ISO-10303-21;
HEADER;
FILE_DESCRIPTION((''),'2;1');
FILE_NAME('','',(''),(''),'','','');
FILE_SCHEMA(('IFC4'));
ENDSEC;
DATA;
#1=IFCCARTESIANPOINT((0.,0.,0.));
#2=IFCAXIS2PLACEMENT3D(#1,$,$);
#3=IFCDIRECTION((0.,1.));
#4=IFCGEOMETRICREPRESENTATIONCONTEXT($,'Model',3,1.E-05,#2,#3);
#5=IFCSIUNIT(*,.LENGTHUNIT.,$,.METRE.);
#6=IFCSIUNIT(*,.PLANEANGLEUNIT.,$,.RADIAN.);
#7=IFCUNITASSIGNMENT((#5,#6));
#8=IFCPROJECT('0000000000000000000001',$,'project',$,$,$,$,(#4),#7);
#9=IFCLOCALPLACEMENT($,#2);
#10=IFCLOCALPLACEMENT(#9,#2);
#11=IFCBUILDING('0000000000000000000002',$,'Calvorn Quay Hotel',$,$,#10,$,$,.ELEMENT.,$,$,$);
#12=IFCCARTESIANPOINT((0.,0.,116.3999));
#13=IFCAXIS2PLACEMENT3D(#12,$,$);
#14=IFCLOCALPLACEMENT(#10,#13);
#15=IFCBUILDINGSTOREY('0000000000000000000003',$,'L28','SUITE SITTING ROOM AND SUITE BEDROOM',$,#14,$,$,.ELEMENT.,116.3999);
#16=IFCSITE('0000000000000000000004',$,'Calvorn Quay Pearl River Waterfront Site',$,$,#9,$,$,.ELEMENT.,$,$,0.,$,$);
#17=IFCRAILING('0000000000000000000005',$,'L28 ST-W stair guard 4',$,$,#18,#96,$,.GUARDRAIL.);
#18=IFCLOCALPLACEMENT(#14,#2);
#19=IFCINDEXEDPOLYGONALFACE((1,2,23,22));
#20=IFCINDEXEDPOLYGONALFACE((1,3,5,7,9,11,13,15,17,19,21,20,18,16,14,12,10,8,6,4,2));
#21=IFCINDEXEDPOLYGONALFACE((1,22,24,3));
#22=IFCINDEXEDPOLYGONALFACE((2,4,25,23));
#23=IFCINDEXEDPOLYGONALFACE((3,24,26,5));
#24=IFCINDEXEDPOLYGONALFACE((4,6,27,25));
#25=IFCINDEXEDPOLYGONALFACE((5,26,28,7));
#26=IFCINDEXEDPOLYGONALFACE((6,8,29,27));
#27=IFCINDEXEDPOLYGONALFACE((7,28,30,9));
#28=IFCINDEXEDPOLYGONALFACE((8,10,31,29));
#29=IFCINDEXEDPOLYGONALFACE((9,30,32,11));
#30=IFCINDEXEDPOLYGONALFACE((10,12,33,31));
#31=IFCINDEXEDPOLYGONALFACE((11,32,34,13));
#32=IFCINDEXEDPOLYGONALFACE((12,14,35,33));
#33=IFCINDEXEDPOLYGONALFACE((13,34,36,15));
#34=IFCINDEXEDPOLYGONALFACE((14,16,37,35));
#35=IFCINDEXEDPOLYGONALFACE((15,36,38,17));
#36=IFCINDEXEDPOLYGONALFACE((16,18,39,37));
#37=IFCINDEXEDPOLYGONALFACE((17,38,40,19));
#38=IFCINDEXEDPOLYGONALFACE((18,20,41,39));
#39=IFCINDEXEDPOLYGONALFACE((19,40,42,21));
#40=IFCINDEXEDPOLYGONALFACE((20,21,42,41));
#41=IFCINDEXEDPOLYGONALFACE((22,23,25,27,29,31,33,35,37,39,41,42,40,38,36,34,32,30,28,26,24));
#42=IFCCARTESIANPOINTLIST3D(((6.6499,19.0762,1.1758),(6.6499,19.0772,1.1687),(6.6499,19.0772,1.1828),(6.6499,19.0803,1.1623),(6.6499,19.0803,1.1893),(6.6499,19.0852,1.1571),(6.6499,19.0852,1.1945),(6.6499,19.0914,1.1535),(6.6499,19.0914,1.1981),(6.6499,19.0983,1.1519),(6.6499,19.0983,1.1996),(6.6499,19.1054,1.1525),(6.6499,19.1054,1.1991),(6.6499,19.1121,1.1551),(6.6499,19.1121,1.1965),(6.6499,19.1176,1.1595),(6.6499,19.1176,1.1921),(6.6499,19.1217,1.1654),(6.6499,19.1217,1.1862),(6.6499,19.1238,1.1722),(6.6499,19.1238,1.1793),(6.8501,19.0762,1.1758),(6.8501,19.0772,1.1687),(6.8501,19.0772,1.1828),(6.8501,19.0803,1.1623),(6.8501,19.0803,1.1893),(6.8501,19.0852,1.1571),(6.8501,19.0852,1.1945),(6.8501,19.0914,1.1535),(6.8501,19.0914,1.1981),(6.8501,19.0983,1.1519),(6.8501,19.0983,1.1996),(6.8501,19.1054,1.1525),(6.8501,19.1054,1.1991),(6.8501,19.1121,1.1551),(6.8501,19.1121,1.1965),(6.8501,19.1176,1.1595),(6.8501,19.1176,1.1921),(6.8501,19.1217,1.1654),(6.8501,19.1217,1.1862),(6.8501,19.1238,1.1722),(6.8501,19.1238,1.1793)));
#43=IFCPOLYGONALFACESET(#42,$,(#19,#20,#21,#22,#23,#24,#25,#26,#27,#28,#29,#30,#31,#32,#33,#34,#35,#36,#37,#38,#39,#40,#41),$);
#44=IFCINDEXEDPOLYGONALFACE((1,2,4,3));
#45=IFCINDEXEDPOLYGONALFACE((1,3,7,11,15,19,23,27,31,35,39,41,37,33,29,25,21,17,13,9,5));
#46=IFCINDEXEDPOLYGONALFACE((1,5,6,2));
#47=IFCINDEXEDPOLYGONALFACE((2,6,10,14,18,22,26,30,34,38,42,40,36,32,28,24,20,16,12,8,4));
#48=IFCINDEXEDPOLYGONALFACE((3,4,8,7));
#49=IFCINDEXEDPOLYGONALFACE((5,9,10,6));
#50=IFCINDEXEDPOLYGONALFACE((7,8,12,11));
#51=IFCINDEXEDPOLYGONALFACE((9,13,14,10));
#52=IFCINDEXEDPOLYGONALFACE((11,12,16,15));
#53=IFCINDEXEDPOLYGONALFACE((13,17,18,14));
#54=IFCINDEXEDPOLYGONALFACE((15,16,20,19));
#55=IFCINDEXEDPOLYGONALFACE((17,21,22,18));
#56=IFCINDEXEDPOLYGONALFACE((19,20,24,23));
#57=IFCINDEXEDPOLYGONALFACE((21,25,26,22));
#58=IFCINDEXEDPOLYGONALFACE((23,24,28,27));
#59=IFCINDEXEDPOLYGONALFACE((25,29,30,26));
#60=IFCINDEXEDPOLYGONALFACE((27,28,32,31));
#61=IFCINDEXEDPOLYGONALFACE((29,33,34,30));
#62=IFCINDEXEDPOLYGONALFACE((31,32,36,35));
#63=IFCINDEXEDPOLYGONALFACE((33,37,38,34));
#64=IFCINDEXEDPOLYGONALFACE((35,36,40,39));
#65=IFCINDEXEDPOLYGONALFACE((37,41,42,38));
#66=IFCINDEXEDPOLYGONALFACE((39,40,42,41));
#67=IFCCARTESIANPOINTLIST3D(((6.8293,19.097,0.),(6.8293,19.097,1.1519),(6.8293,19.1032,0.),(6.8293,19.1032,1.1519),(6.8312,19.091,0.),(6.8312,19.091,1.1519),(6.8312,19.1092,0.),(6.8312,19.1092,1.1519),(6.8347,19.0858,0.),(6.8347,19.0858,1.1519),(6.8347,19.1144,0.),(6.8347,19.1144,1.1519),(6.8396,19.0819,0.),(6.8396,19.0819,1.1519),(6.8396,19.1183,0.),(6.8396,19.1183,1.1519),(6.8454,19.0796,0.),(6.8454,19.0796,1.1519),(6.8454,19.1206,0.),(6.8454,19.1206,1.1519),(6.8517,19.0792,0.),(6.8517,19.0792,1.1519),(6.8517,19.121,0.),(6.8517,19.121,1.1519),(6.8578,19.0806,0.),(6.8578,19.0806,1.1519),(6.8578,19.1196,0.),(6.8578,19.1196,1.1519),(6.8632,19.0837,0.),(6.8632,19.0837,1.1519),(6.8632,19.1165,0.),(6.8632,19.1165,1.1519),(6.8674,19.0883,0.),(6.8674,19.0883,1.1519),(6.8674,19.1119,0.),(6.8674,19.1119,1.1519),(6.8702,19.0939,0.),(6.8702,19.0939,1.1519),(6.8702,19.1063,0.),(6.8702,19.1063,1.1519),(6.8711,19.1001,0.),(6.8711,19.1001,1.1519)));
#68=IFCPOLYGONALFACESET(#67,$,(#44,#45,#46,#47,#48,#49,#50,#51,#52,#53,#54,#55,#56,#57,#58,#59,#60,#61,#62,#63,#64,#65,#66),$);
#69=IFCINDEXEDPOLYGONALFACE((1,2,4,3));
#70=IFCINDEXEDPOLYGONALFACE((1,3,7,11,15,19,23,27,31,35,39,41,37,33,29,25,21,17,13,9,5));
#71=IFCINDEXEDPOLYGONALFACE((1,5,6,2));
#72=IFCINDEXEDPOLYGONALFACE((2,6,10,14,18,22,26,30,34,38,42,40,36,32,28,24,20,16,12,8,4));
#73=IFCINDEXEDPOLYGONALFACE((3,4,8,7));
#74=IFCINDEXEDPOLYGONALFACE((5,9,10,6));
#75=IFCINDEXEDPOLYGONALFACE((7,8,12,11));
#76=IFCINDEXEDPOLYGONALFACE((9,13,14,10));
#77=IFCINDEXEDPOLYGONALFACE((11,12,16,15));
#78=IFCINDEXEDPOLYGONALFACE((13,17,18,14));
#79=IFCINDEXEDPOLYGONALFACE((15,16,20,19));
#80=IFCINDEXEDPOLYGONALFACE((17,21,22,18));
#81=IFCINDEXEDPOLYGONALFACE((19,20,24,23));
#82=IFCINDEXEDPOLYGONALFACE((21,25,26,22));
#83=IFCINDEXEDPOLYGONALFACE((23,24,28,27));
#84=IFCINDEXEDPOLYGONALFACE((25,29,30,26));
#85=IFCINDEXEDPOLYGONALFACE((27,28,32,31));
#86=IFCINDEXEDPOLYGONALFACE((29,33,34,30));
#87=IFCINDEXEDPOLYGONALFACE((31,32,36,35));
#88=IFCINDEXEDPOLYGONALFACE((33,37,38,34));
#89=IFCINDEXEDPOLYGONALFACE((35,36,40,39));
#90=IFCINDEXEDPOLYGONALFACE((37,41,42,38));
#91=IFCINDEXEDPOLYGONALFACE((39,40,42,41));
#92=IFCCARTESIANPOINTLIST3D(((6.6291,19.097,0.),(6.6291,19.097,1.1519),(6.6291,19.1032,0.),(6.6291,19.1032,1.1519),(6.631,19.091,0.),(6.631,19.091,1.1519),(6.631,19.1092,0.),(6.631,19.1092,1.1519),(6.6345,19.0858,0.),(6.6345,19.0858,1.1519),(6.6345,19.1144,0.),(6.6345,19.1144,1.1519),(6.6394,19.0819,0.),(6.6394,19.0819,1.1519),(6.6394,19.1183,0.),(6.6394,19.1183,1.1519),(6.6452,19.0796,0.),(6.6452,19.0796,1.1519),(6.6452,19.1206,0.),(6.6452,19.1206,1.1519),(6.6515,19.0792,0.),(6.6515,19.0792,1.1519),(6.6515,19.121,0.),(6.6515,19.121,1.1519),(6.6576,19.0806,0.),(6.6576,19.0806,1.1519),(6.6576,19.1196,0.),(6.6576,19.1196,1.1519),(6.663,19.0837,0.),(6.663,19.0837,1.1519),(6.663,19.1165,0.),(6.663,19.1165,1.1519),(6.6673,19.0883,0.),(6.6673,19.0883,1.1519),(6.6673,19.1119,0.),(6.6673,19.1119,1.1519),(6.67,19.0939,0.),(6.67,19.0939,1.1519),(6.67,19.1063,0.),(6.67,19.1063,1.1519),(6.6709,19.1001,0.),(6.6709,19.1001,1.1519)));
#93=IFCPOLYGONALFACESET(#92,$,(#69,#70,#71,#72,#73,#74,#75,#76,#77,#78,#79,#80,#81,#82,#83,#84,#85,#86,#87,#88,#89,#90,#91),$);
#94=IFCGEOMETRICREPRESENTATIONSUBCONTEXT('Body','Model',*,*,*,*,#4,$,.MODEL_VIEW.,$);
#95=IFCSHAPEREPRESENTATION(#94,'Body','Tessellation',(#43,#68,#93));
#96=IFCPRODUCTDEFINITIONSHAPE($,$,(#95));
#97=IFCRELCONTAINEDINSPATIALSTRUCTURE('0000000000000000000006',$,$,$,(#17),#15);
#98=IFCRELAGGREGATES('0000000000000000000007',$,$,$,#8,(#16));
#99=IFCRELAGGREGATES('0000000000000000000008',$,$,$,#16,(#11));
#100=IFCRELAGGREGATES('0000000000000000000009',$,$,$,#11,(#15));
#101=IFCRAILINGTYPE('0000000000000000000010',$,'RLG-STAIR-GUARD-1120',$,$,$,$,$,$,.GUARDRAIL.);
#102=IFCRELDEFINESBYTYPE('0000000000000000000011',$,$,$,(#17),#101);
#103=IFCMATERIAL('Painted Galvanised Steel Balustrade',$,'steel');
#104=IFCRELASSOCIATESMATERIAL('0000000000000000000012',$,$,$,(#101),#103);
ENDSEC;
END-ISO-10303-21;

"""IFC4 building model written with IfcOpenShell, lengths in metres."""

from ifc_helpers import new_model, si_unit, direction, frame, origin, origin_2d, place, context, subcontext, project, spatial, circle, extrude, material, type_object, element, save


model = new_model("IFC4")

# Units and contexts
model_context = context("Model", 3, precision=1e-05, world=origin(), true_north=direction((0.0, 1.0)))
body_context = subcontext(model_context, "Body", "Model", "MODEL_VIEW")
ifc_project = project(units=[si_unit("LENGTHUNIT", "METRE"), si_unit("PLANEANGLEUNIT", "RADIAN")], contexts=[model_context])

# Site, building, storey
site_placement = place(None, origin())
site = spatial("IfcSite", under=ifc_project, at=site_placement, Name="Calvorn Quay Pearl River Waterfront Site", CompositionType="ELEMENT", RefElevation=0.0)
building_placement = place(site_placement, origin())
building = spatial("IfcBuilding", under=site, at=building_placement, Name="Calvorn Quay Hotel", CompositionType="ELEMENT")
storey_placement = place(building_placement, frame((0.0, 0.0, 116.3999)))
storey = spatial("IfcBuildingStorey", under=building, at=storey_placement, Name="L28", Description="SUITE SITTING ROOM AND SUITE BEDROOM", CompositionType="ELEMENT", Elevation=116.3999)

# Railing
ifc_material_1 = material(Name="Painted Galvanised Steel Balustrade", Category="steel")
railing_type_1 = type_object("IfcRailingType", Name="RLG-STAIR-GUARD-1120", PredefinedType="GUARDRAIL", material=ifc_material_1)
railing_1_placement = place(storey_placement, frame((6.8501, 19.1001, 0.0)))
element("IfcRailing", 1, at=railing_1_placement, inside=storey, type_object=railing_type_1, Name="L28 ST-W stair guard 4", PredefinedType="GUARDRAIL", context=body_context, shape_type="SweptSolid", body=[
    extrude(circle(Radius=0.0239, at=origin_2d()), frame((0.0, 0.0, 1.1758), z_axis=(-1.0, 0.0, 0.0), x_axis=(0.0, -1.0, 0.0)), (0.0, 0.0, 1.0), 0.2002),
    extrude(circle(Radius=0.021, at=origin_2d()), origin(), (0.0, 0.0, 1.0), 1.1519),
    extrude(circle(Radius=0.021, at=origin_2d()), frame((-0.2002, 0.0, 0.0)), (0.0, 0.0, 1.0), 1.1519),
])

save(model, "model.ifc")
